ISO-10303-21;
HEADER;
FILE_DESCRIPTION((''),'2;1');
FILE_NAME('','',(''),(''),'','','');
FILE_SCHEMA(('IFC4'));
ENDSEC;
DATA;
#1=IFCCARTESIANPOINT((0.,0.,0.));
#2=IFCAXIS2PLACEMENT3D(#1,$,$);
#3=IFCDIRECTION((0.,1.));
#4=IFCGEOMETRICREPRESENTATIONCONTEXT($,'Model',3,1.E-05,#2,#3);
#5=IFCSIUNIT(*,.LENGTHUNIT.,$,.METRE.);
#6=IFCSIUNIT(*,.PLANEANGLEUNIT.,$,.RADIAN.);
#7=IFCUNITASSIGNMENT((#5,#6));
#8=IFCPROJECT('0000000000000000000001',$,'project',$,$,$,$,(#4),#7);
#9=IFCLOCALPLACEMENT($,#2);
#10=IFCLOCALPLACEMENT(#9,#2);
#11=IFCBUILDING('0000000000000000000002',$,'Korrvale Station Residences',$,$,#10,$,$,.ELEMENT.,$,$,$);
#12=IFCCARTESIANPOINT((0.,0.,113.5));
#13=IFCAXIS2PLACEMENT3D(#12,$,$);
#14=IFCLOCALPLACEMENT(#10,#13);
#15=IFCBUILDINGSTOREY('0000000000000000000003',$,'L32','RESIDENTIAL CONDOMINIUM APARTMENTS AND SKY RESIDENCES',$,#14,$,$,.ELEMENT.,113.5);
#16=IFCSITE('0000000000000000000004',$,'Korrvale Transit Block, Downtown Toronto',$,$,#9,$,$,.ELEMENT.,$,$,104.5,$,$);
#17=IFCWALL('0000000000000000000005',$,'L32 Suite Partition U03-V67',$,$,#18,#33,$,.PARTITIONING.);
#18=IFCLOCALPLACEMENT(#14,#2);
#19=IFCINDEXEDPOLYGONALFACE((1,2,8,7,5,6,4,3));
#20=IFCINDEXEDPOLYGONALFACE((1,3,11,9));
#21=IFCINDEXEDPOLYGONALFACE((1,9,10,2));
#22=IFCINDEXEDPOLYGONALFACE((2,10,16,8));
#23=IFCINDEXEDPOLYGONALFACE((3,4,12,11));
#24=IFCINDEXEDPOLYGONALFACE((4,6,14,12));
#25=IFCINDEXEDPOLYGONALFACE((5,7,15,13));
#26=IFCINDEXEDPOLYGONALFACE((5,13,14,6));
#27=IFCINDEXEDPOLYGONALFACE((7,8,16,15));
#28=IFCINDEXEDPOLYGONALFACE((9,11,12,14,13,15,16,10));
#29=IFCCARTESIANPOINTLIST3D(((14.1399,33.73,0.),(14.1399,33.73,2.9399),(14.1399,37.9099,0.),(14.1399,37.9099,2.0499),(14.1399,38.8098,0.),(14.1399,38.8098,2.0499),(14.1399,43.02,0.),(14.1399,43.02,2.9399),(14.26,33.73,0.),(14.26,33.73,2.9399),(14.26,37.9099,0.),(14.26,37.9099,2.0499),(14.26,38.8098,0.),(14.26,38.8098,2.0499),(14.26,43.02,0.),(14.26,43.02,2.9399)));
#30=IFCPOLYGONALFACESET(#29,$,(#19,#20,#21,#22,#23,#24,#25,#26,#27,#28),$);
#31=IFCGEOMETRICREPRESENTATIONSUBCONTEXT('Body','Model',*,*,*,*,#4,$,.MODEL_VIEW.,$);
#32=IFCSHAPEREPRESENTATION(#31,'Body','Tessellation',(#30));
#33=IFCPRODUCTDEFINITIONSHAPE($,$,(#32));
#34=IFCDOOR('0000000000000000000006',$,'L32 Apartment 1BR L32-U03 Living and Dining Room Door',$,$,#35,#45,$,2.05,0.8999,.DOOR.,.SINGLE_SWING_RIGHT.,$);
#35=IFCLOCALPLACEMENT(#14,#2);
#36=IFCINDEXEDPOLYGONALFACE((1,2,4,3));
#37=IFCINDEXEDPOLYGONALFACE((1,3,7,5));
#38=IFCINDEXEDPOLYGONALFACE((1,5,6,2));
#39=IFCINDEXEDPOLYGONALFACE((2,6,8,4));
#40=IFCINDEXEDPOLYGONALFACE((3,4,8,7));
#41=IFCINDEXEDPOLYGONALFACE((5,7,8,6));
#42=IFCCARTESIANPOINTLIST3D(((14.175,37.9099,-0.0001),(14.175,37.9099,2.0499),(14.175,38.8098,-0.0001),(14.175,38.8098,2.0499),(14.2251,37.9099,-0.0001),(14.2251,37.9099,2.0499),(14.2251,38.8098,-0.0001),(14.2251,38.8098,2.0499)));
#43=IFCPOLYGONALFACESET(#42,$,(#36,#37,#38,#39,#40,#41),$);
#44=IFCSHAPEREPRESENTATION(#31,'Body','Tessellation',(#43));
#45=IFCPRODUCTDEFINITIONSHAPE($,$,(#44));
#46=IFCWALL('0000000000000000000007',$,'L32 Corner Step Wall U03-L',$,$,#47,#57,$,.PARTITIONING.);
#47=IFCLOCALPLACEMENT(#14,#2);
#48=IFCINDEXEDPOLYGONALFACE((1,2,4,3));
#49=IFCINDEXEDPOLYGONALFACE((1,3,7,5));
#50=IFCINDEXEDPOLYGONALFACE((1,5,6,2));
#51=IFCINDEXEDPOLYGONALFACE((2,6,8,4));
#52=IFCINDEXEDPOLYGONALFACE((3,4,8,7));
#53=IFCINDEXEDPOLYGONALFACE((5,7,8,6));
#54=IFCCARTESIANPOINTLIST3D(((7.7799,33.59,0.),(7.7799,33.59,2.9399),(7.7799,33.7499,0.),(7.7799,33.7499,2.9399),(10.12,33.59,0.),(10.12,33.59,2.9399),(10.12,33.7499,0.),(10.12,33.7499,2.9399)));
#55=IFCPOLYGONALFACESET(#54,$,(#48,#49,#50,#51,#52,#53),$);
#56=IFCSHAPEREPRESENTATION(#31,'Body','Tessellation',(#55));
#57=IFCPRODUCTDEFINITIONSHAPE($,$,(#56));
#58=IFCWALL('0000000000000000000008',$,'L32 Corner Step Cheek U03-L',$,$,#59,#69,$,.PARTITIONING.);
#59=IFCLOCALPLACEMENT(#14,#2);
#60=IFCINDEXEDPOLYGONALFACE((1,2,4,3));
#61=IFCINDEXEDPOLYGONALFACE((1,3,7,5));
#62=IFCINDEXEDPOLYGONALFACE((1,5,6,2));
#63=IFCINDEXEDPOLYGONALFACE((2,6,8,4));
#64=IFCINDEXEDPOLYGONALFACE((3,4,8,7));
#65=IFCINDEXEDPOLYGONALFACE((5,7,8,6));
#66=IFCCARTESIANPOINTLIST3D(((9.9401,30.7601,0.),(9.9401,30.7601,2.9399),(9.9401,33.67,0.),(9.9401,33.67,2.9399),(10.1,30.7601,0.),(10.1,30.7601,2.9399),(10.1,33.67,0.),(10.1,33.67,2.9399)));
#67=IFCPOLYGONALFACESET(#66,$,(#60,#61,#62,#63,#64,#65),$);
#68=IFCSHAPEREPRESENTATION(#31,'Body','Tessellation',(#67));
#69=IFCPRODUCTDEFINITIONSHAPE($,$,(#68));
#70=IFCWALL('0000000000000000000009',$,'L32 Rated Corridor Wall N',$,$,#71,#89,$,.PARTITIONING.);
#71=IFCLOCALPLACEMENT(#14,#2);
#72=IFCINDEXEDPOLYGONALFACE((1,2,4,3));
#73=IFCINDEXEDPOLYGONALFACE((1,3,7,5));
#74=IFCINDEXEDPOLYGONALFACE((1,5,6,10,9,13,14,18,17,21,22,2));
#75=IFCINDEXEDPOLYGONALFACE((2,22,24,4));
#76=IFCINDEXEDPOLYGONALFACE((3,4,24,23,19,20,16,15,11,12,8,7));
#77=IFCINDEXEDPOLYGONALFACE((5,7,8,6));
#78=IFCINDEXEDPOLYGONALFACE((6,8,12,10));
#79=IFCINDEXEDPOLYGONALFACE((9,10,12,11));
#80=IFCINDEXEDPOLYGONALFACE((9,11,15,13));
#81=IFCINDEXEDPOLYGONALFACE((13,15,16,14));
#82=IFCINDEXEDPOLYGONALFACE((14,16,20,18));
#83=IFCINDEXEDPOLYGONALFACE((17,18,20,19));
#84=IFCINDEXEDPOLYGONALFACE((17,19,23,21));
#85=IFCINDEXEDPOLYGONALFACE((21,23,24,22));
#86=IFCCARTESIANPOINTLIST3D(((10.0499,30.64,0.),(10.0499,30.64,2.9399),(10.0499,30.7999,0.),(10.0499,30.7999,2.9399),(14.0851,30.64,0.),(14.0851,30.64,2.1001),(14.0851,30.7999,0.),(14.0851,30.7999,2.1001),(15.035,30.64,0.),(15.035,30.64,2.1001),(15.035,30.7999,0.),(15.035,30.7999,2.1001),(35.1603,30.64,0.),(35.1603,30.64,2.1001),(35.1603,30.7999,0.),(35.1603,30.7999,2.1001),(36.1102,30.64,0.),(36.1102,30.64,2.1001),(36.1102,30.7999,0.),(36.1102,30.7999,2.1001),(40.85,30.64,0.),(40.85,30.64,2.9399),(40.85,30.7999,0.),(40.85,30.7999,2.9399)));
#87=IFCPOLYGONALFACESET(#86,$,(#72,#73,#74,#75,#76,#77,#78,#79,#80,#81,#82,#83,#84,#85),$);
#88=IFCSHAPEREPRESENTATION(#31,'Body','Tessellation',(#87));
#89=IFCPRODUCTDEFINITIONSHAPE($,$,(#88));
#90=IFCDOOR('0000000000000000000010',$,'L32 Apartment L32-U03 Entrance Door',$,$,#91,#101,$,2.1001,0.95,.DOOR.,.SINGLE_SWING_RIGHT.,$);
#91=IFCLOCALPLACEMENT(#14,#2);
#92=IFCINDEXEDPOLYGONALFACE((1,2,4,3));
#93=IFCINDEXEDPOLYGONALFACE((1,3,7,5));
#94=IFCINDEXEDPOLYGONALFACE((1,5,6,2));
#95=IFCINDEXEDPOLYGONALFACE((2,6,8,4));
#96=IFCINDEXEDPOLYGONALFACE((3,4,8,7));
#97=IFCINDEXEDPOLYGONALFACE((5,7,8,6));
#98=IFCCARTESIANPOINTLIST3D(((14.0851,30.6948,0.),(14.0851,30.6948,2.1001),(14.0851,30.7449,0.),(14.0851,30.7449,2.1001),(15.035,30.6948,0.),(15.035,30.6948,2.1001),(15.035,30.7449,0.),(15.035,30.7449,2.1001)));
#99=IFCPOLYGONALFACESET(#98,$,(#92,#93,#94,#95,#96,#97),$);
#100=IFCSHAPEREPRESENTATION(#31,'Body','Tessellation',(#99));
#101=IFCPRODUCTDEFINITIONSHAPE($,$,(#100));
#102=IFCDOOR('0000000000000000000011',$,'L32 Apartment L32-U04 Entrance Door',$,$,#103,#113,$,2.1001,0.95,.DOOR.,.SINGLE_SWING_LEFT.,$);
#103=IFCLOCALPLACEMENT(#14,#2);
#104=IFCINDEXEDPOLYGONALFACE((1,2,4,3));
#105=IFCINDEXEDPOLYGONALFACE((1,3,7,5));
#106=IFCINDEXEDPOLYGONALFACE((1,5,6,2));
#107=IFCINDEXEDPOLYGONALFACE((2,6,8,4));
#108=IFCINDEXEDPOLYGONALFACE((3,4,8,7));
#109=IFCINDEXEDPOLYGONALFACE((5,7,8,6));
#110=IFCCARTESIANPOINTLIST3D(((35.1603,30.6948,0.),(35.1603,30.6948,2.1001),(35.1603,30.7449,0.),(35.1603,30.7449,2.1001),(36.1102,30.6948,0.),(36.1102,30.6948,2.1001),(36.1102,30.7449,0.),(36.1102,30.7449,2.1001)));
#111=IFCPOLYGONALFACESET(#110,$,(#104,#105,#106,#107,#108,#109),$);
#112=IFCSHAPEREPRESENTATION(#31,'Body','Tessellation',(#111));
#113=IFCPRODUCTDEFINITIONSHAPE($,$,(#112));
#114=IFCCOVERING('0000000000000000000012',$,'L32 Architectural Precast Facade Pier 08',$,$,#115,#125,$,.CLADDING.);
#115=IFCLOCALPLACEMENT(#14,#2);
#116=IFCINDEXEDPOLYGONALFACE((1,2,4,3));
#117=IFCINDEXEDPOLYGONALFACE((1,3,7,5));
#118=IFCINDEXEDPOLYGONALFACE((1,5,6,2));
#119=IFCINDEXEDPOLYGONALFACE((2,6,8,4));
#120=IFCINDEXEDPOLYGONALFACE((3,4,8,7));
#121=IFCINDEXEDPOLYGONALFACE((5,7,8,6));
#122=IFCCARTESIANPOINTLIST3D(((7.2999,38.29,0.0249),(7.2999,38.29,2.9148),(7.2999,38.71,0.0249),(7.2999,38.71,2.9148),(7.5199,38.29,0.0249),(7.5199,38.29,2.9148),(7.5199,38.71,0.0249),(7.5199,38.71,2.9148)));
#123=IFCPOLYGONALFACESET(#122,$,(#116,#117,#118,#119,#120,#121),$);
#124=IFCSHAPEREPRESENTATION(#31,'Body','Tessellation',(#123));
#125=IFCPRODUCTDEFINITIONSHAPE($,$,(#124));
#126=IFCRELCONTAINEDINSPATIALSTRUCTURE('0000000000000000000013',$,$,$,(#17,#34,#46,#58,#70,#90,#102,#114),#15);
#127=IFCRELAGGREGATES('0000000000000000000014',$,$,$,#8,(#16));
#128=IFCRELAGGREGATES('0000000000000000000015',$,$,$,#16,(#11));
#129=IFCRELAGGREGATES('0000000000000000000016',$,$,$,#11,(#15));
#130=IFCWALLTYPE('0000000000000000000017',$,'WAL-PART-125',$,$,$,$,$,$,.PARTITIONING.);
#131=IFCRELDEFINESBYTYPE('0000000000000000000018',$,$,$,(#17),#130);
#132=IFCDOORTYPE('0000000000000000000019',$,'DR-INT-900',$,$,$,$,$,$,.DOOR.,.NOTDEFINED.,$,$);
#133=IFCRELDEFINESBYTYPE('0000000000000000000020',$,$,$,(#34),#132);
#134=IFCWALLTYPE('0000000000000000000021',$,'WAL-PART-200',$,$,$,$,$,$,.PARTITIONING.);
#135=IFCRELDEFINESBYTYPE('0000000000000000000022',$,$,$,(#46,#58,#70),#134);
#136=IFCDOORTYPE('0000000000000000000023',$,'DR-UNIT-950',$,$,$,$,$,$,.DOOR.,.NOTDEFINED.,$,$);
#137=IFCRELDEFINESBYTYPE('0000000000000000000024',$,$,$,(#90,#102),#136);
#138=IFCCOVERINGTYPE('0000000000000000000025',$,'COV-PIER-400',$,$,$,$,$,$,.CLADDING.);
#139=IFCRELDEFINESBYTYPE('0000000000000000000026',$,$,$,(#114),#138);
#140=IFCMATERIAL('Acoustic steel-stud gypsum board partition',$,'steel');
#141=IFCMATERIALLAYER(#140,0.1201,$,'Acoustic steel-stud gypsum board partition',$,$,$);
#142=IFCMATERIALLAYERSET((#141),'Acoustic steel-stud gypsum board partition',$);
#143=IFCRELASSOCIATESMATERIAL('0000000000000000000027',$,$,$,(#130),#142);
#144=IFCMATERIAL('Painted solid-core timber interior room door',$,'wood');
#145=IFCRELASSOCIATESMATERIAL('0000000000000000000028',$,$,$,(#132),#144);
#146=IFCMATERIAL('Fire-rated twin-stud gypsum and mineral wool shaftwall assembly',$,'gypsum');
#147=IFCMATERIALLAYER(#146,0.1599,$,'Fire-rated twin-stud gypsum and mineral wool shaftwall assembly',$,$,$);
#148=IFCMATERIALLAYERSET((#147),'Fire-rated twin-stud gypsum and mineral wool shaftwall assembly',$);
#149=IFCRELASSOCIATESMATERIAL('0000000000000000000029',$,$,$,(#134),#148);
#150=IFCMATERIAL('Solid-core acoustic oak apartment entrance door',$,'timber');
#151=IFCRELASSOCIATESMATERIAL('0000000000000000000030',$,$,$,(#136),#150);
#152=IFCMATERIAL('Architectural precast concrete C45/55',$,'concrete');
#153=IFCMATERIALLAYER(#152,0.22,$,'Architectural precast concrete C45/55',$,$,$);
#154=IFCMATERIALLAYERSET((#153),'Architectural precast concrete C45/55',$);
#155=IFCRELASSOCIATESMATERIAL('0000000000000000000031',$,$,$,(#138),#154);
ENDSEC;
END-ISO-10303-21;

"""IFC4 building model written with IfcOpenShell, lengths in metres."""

from ifc_helpers import new_model, si_unit, direction, frame, frame_2d, origin, origin_2d, place, context, subcontext, project, spatial, rectangle, extrude, material, layer, layer_set, type_object, element, fill, save


model = new_model("IFC4")

# Units and contexts
model_context = context("Model", 3, precision=1e-05, world=origin(), true_north=direction((0.0, 1.0)))
body_context = subcontext(model_context, "Body", "Model", "MODEL_VIEW")
ifc_project = project(units=[si_unit("LENGTHUNIT", "METRE"), si_unit("PLANEANGLEUNIT", "RADIAN")], contexts=[model_context])

# Site, building, storey
site_placement = place(None, origin())
site = spatial("IfcSite", under=ifc_project, at=site_placement, Name="Korrvale Transit Block, Downtown Toronto", CompositionType="ELEMENT", RefElevation=104.5)
building_placement = place(site_placement, origin())
building = spatial("IfcBuilding", under=site, at=building_placement, Name="Korrvale Station Residences", CompositionType="ELEMENT")
storey_placement = place(building_placement, frame((0.0, 0.0, 113.5)))
storey = spatial("IfcBuildingStorey", under=building, at=storey_placement, Name="L32", Description="RESIDENTIAL CONDOMINIUM APARTMENTS AND SKY RESIDENCES", CompositionType="ELEMENT", Elevation=113.5)

# Shared definitions
ifc_material_1 = material(Name="Acoustic steel-stud gypsum board partition", Category="steel")
ifc_layer_1 = layer(ifc_material_1, 0.1201, Name="Acoustic steel-stud gypsum board partition")
ifc_layer_set_1 = layer_set([ifc_layer_1], Name="Acoustic steel-stud gypsum board partition")
wall_type_1 = type_object("IfcWallType", Name="WAL-PART-125", PredefinedType="PARTITIONING", material=ifc_layer_set_1)

# Wall, opening, door
ifc_material_2 = material(Name="Painted solid-core timber interior room door", Category="wood")
door_type_1 = type_object("IfcDoorType", Name="DR-INT-900", OperationType="NOTDEFINED", PredefinedType="DOOR", material=ifc_material_2)
wall_1_placement = place(storey_placement, frame((14.2, 33.73, 0.0), z_axis=(0.0, 0.0, 1.0), x_axis=(0.0, 1.0, 0.0)))
wall_1 = element("IfcWall", 1, at=wall_1_placement, inside=storey, type_object=wall_type_1, Name="L32 Suite Partition U03-V67", PredefinedType="PARTITIONING", context=body_context, shape_type="SweptSolid", body=[
    extrude(rectangle(XDim=9.29, YDim=0.1201, at=frame_2d((4.645, 0.0))), origin(), (0.0, 0.0, 1.0), 2.9399),
])
opening_1_placement = place(wall_1_placement, frame((4.1799, 0.0, 0.0)))
opening_1 = element("IfcOpeningElement", 2, at=opening_1_placement, cuts=wall_1, PredefinedType="OPENING", context=body_context, shape_type="SweptSolid", body=[
    extrude(rectangle(XDim=0.8999, YDim=2.05, at=frame_2d((0.45, 1.0249))), frame((0.0, 0.0701, 0.0), z_axis=(0.0, -1.0, 0.0), x_axis=(1.0, 0.0, 0.0)), (0.0, 0.0, 1.0), 0.1401),
])
door_1_placement = place(opening_1_placement, origin())
door_1 = element("IfcDoor", 3, at=door_1_placement, inside=storey, type_object=door_type_1, Name="L32 Apartment 1BR L32-U03 Living and Dining Room Door", OperationType="SINGLE_SWING_RIGHT", OverallHeight=2.05, OverallWidth=0.8999, PredefinedType="DOOR", context=body_context, shape_type="SweptSolid", body=[
    extrude(rectangle(XDim=0.8999, YDim=2.05, at=frame_2d((0.45, 1.0249))), frame((0.0, 0.0249, 0.0), z_axis=(0.0, -1.0, 0.0), x_axis=(1.0, 0.0, 0.0)), (0.0, 0.0, 1.0), 0.05),
])
fill(opening_1, door_1)

# Walls
ifc_material_3 = material(Name="Fire-rated twin-stud gypsum and mineral wool shaftwall assembly", Category="gypsum")
ifc_layer_2 = layer(ifc_material_3, 0.1599, Name="Fire-rated twin-stud gypsum and mineral wool shaftwall assembly")
ifc_layer_set_2 = layer_set([ifc_layer_2], Name="Fire-rated twin-stud gypsum and mineral wool shaftwall assembly")
wall_type_2 = type_object("IfcWallType", Name="WAL-PART-200", PredefinedType="PARTITIONING", material=ifc_layer_set_2)
wall_2_placement = place(storey_placement, frame((7.78, 33.6699, 0.0), z_axis=(0.0, 0.0, 1.0), x_axis=(1.0, 0.0, 0.0)))
element("IfcWall", 4, at=wall_2_placement, inside=storey, type_object=wall_type_2, Name="L32 Corner Step Wall U03-L", PredefinedType="PARTITIONING", context=body_context, shape_type="SweptSolid", body=[
    extrude(rectangle(XDim=2.3401, YDim=0.1599, at=frame_2d((1.1699, 0.0))), origin(), (0.0, 0.0, 1.0), 2.9399),
])
wall_3_placement = place(storey_placement, frame((10.02, 30.76, 0.0), z_axis=(0.0, 0.0, 1.0), x_axis=(0.0, 1.0, 0.0)))
element("IfcWall", 5, at=wall_3_placement, inside=storey, type_object=wall_type_2, Name="L32 Corner Step Cheek U03-L", PredefinedType="PARTITIONING", context=body_context, shape_type="SweptSolid", body=[
    extrude(rectangle(XDim=2.9099, YDim=0.1599, at=frame_2d((1.4551, 0.0))), origin(), (0.0, 0.0, 1.0), 2.9399),
])

# Wall, openings, doors
wall_4_placement = place(storey_placement, frame((10.05, 30.72, 0.0), z_axis=(0.0, 0.0, 1.0), x_axis=(1.0, 0.0, 0.0)))
wall_4 = element("IfcWall", 6, at=wall_4_placement, inside=storey, type_object=wall_type_2, Name="L32 Rated Corridor Wall N", PredefinedType="PARTITIONING", context=body_context, shape_type="SweptSolid", body=[
    extrude(rectangle(XDim=30.8, YDim=0.1599, at=frame_2d((15.3999, 0.0))), origin(), (0.0, 0.0, 1.0), 2.9399),
])
opening_2_placement = place(wall_4_placement, frame((4.0349, 0.0, 0.0)))
opening_2 = element("IfcOpeningElement", 7, at=opening_2_placement, cuts=wall_4, PredefinedType="OPENING", context=body_context, shape_type="SweptSolid", body=[
    extrude(rectangle(XDim=0.95, YDim=2.1001, at=frame_2d((0.4751, 1.05))), frame((0.0, 0.0898, 0.0), z_axis=(0.0, -1.0, 0.0), x_axis=(1.0, 0.0, 0.0)), (0.0, 0.0, 1.0), 0.1799),
])
opening_3_placement = place(wall_4_placement, frame((25.1101, 0.0, 0.0)))
opening_3 = element("IfcOpeningElement", 8, at=opening_3_placement, cuts=wall_4, PredefinedType="OPENING", context=body_context, shape_type="SweptSolid", body=[
    extrude(rectangle(XDim=0.95, YDim=2.1001, at=frame_2d((0.4751, 1.05))), frame((0.0, 0.0898, 0.0), z_axis=(0.0, -1.0, 0.0), x_axis=(1.0, 0.0, 0.0)), (0.0, 0.0, 1.0), 0.1799),
])
ifc_material_4 = material(Name="Solid-core acoustic oak apartment entrance door", Category="timber")
door_type_2 = type_object("IfcDoorType", Name="DR-UNIT-950", OperationType="NOTDEFINED", PredefinedType="DOOR", material=ifc_material_4)
door_2_placement = place(opening_2_placement, origin())
door_2 = element("IfcDoor", 9, at=door_2_placement, inside=storey, type_object=door_type_2, Name="L32 Apartment L32-U03 Entrance Door", OperationType="SINGLE_SWING_RIGHT", OverallHeight=2.1001, OverallWidth=0.95, PredefinedType="DOOR", context=body_context, shape_type="SweptSolid", body=[
    extrude(rectangle(XDim=0.95, YDim=2.1001, at=frame_2d((0.4751, 1.05))), frame((0.0, 0.0249, 0.0), z_axis=(0.0, -1.0, 0.0), x_axis=(1.0, 0.0, 0.0)), (0.0, 0.0, 1.0), 0.05),
])
fill(opening_2, door_2)
door_3_placement = place(opening_3_placement, origin())
door_3 = element("IfcDoor", 10, at=door_3_placement, inside=storey, type_object=door_type_2, Name="L32 Apartment L32-U04 Entrance Door", OperationType="SINGLE_SWING_LEFT", OverallHeight=2.1001, OverallWidth=0.95, PredefinedType="DOOR", context=body_context, shape_type="SweptSolid", body=[
    extrude(rectangle(XDim=0.95, YDim=2.1001, at=frame_2d((0.4751, 1.05))), frame((0.0, 0.0249, 0.0), z_axis=(0.0, -1.0, 0.0), x_axis=(1.0, 0.0, 0.0)), (0.0, 0.0, 1.0), 0.05),
])
fill(opening_3, door_3)

# Covering
ifc_material_5 = material(Name="Architectural precast concrete C45/55", Category="concrete")
ifc_layer_3 = layer(ifc_material_5, 0.22, Name="Architectural precast concrete C45/55")
ifc_layer_set_3 = layer_set([ifc_layer_3], Name="Architectural precast concrete C45/55")
covering_type = type_object("IfcCoveringType", Name="COV-PIER-400", PredefinedType="CLADDING", material=ifc_layer_set_3)
covering_placement = place(storey_placement, frame((7.4099, 38.5, 0.0249), z_axis=(0.0, 0.0, 1.0), x_axis=(0.0, 1.0, 0.0)))
element("IfcCovering", 11, at=covering_placement, inside=storey, type_object=covering_type, Name="L32 Architectural Precast Facade Pier 08", PredefinedType="CLADDING", context=body_context, shape_type="SweptSolid", body=[
    extrude(rectangle(XDim=0.4199, YDim=0.22, at=origin_2d()), origin(), (0.0, 0.0, 1.0), 2.8899),
])

save(model, "model.ifc")
